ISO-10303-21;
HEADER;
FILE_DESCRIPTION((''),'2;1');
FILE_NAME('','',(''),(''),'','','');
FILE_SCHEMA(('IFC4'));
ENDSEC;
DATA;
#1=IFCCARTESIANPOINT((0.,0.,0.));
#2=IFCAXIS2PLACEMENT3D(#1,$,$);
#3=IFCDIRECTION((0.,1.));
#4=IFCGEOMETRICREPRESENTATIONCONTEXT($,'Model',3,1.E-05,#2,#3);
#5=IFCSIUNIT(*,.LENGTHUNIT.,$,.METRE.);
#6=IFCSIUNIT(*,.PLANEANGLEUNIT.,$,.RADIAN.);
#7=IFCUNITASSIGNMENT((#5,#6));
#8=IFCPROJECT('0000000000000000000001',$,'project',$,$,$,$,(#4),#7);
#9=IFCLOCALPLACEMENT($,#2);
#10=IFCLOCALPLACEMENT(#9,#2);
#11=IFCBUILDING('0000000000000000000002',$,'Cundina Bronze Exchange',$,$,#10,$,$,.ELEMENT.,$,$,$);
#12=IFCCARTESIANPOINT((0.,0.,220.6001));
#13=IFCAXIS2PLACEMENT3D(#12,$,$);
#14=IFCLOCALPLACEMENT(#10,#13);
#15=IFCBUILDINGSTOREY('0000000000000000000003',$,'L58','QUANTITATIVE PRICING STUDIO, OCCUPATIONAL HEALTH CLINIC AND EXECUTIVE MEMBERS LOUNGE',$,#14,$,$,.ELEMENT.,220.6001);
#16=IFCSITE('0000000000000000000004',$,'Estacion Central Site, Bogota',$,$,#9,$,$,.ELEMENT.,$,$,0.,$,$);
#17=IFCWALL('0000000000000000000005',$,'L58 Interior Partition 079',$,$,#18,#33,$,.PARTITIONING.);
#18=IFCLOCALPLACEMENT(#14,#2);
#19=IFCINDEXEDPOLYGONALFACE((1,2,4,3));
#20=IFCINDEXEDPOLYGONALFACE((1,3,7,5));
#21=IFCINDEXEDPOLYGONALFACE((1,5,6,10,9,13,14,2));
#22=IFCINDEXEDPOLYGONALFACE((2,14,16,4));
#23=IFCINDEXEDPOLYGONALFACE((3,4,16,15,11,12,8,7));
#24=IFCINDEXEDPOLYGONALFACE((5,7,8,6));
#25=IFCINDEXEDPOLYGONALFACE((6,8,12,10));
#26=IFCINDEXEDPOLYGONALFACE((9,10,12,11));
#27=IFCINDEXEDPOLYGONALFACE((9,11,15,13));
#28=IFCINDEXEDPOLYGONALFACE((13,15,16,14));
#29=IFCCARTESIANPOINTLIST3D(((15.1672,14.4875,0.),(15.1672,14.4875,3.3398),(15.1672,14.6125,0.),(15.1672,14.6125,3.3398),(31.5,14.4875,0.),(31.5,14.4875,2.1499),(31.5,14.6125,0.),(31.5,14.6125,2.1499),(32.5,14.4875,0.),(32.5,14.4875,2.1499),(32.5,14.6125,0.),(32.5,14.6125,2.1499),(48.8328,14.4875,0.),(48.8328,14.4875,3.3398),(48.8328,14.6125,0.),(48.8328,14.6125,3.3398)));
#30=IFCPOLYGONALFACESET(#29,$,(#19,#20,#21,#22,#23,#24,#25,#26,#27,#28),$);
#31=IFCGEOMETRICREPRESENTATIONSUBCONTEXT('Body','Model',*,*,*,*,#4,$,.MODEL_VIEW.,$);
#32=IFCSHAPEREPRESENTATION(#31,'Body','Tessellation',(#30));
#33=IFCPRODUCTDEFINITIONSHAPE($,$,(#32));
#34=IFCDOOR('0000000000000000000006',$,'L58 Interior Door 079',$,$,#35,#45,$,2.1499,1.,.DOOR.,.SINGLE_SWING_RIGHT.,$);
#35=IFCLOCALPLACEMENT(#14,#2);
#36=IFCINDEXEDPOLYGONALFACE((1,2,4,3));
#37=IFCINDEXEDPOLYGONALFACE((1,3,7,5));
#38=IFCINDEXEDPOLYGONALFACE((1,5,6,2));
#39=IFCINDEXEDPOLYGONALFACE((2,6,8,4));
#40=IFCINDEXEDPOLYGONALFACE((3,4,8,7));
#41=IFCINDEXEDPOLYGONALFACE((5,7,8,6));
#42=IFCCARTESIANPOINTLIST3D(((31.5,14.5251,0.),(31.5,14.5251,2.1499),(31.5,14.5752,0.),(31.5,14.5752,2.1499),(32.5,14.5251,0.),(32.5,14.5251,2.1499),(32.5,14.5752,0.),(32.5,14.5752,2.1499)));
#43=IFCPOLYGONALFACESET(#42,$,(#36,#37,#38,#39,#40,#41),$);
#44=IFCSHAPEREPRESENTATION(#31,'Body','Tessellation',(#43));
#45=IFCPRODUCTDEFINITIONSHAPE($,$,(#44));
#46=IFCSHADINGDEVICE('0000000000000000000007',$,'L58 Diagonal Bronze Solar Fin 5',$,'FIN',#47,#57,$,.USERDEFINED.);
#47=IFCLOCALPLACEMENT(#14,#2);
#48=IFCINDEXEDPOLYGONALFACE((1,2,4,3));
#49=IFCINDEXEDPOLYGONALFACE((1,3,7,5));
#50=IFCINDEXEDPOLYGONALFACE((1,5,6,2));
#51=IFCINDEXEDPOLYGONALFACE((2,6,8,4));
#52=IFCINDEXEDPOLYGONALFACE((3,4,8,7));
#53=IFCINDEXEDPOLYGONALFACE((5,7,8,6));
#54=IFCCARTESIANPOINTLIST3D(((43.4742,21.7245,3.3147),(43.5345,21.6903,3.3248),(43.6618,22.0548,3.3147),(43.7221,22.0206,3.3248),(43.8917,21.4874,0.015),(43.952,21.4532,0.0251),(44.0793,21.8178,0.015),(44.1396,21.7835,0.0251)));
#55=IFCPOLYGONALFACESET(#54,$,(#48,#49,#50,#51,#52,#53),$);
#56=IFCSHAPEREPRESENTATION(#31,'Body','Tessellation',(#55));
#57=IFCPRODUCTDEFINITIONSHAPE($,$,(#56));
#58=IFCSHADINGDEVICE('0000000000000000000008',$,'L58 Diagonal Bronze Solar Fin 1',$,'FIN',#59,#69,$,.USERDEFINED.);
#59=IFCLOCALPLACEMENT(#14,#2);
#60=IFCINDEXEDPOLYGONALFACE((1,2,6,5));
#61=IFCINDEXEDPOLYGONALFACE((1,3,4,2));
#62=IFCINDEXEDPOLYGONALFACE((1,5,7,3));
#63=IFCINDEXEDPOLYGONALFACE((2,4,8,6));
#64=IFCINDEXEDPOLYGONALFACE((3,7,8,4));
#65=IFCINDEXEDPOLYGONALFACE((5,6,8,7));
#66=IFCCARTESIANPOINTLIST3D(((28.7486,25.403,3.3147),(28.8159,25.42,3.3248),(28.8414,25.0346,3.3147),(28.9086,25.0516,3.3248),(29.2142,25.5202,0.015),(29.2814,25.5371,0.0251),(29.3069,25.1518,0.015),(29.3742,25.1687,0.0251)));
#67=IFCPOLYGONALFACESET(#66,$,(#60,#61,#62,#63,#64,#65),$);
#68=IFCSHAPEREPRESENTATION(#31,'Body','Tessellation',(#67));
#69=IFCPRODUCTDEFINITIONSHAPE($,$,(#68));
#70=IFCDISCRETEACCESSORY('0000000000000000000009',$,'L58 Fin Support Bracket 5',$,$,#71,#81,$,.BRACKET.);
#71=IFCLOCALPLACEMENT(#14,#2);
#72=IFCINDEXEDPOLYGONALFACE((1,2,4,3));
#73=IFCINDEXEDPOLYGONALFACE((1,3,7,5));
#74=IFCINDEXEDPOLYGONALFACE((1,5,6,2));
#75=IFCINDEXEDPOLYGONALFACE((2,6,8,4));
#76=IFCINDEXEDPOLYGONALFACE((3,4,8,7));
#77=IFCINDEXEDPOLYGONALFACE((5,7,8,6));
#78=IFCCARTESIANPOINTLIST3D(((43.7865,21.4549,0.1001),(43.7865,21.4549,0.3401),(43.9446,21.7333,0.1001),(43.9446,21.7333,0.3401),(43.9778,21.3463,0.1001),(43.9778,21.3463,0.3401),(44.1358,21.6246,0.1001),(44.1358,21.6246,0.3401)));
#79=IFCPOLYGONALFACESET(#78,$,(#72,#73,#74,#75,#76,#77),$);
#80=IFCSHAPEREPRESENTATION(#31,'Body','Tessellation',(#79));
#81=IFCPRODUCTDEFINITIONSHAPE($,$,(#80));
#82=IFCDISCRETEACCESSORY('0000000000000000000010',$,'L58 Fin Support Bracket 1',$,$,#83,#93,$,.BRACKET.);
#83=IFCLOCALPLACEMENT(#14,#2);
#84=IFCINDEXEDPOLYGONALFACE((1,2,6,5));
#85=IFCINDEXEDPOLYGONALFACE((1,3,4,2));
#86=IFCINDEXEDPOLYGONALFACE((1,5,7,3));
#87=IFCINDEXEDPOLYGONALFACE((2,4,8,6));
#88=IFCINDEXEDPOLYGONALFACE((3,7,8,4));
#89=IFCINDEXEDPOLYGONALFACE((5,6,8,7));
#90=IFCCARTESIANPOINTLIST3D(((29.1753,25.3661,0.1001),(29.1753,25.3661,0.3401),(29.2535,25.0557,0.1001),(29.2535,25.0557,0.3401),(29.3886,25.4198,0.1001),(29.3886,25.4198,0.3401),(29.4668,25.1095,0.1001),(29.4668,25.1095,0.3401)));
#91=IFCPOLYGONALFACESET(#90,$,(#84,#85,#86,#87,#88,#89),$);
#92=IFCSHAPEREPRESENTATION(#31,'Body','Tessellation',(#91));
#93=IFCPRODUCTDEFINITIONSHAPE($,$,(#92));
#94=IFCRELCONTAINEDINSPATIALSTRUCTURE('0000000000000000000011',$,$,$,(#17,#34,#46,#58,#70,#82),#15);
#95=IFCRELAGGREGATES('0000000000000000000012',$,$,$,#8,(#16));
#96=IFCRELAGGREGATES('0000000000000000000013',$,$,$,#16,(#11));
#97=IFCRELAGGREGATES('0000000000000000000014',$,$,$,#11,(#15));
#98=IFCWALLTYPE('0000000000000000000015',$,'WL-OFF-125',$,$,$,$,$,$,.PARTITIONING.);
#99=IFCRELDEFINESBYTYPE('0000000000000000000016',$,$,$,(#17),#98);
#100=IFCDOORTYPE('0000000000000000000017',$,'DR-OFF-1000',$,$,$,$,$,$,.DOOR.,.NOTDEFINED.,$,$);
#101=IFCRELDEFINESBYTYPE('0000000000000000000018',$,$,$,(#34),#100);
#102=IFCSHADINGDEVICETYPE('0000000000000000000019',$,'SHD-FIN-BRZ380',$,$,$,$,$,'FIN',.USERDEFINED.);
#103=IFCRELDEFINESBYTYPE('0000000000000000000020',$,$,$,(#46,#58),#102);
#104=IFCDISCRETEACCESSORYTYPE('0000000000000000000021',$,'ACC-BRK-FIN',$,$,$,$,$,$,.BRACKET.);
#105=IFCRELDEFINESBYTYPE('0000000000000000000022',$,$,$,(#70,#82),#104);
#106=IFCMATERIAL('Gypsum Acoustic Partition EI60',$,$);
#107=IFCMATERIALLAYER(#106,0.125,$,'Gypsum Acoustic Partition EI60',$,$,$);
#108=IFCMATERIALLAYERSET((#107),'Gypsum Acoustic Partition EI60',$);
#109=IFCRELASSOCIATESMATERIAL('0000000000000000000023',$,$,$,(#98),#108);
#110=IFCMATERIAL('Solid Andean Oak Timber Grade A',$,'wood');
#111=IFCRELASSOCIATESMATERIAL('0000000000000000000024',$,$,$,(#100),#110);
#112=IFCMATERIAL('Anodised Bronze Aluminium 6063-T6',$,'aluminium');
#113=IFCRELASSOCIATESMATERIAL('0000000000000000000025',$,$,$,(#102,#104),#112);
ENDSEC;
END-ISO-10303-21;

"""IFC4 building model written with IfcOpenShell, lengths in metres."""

from ifc_helpers import new_model, si_unit, direction, frame, frame_2d, origin, origin_2d, place, context, subcontext, project, spatial, rectangle, extrude, material, layer, layer_set, material_profile, profile_set, type_object, element, fill, save


model = new_model("IFC4")

# Units and contexts
model_context = context("Model", 3, precision=1e-05, world=origin(), true_north=direction((0.0, 1.0)))
body_context = subcontext(model_context, "Body", "Model", "MODEL_VIEW")
ifc_project = project(units=[si_unit("LENGTHUNIT", "METRE"), si_unit("PLANEANGLEUNIT", "RADIAN")], contexts=[model_context])

# Site, building, storey
site_placement = place(None, origin())
site = spatial("IfcSite", under=ifc_project, at=site_placement, Name="Estacion Central Site, Bogota", CompositionType="ELEMENT", RefElevation=0.0)
building_placement = place(site_placement, origin())
building = spatial("IfcBuilding", under=site, at=building_placement, Name="Cundina Bronze Exchange", CompositionType="ELEMENT")
storey_placement = place(building_placement, frame((0.0, 0.0, 220.6001)))
storey = spatial("IfcBuildingStorey", under=building, at=storey_placement, Name="L58", Description="QUANTITATIVE PRICING STUDIO, OCCUPATIONAL HEALTH CLINIC AND EXECUTIVE MEMBERS LOUNGE", CompositionType="ELEMENT", Elevation=220.6001)

# Shared definitions
ifc_material_1 = material(Name="Anodised Bronze Aluminium 6063-T6", Category="aluminium")

# Wall, opening, door
ifc_material_2 = material(Name="Gypsum Acoustic Partition EI60")
ifc_layer_1 = layer(ifc_material_2, 0.125, Name="Gypsum Acoustic Partition EI60")
ifc_layer_set_1 = layer_set([ifc_layer_1], Name="Gypsum Acoustic Partition EI60")
wall_type = type_object("IfcWallType", Name="WL-OFF-125", PredefinedType="PARTITIONING", material=ifc_layer_set_1)
wall_placement = place(storey_placement, frame((48.8328, 14.55, 0.0), z_axis=(0.0, 0.0, 1.0), x_axis=(-1.0, 0.0, 0.0)))
wall = element("IfcWall", 1, at=wall_placement, inside=storey, type_object=wall_type, Name="L58 Interior Partition 079", PredefinedType="PARTITIONING", context=body_context, shape_type="SweptSolid", body=[
    extrude(rectangle(XDim=33.6655, YDim=0.125, at=frame_2d((16.8328, 0.0))), origin(), (0.0, 0.0, 1.0), 3.3398),
])
opening_placement = place(wall_placement, frame((16.3328, 0.0, 0.0)))
opening = element("IfcOpeningElement", 2, at=opening_placement, cuts=wall, PredefinedType="OPENING", context=body_context, shape_type="SweptSolid", body=[
    extrude(rectangle(XDim=1.0, YDim=2.1499, at=frame_2d((0.5, 1.075))), frame((0.0, 0.0725, 0.0), z_axis=(0.0, -1.0, 0.0), x_axis=(1.0, 0.0, 0.0)), (0.0, 0.0, 1.0), 0.145),
])
ifc_material_3 = material(Name="Solid Andean Oak Timber Grade A", Category="wood")
door_type = type_object("IfcDoorType", Name="DR-OFF-1000", OperationType="NOTDEFINED", PredefinedType="DOOR", material=ifc_material_3)
door_placement = place(opening_placement, origin())
door = element("IfcDoor", 3, at=door_placement, inside=storey, type_object=door_type, Name="L58 Interior Door 079", OperationType="SINGLE_SWING_RIGHT", OverallHeight=2.1499, OverallWidth=1.0, PredefinedType="DOOR", context=body_context, shape_type="SweptSolid", body=[
    extrude(rectangle(XDim=1.0, YDim=2.1499, at=frame_2d((0.5, 1.075))), frame((0.0, 0.0249, 0.0), z_axis=(0.0, -1.0, 0.0), x_axis=(1.0, 0.0, 0.0)), (0.0, 0.0, 1.0), 0.05),
])
fill(opening, door)

# Shading devices
ifc_material_profile_1 = material_profile(ifc_material_1, rectangle(XDim=0.0701, YDim=0.3799, at=origin_2d()), Name="FIN70X380", Category="aluminium")
ifc_profile_set_1 = profile_set([ifc_material_profile_1], Name="Anodised Bronze Aluminium 6063-T6")
shading_device_type = type_object("IfcShadingDeviceType", Name="SHD-FIN-BRZ380", ElementType="FIN", PredefinedType="USERDEFINED", material=ifc_profile_set_1)
for number, where, z_axis, x_axis, name in (
    (4, (44.0156, 21.6355, 0.02), (-0.125199, 0.071092, 0.989581), (0.860526, -0.488638, 0.143975), "L58 Diagonal Bronze Solar Fin 5"),
    (5, (29.2942, 25.3445, 0.02), (-0.139622, -0.035143, 0.989581), (0.959649, 0.241548, 0.143977), "L58 Diagonal Bronze Solar Fin 1"),
):
    element("IfcShadingDevice", number, at=place(storey_placement, frame(where, z_axis=z_axis, x_axis=x_axis)), inside=storey, type_object=shading_device_type, Name=name, ObjectType="FIN", PredefinedType="USERDEFINED", context=body_context, shape_type="SweptSolid", body=[
        extrude(rectangle(XDim=0.0701, YDim=0.3799, at=origin_2d()), origin(), (0.0, 0.0, 1.0), 3.3345),
    ])

# Discrete accessories
discrete_accessory_type = type_object("IfcDiscreteAccessoryType", Name="ACC-BRK-FIN", PredefinedType="BRACKET", material=ifc_material_1)
for number, where, z_axis, x_axis, name in (
    (6, (43.9612, 21.5398, 0.1001), (0.0, 0.0, 1.0), (-0.869573, 0.493805, 0.0), "L58 Fin Support Bracket 5"),
    (7, (29.321, 25.2378, 0.1001), (0.0, 0.0, 1.0), (-0.969732, -0.244174, 0.0), "L58 Fin Support Bracket 1"),
):
    element("IfcDiscreteAccessory", number, at=place(storey_placement, frame(where, z_axis=z_axis, x_axis=x_axis)), inside=storey, type_object=discrete_accessory_type, Name=name, PredefinedType="BRACKET", context=body_context, shape_type="SweptSolid", body=[
        extrude(rectangle(XDim=0.22, YDim=0.3201, at=origin_2d()), origin(), (0.0, 0.0, 1.0), 0.24),
    ])

save(model, "model.ifc")
